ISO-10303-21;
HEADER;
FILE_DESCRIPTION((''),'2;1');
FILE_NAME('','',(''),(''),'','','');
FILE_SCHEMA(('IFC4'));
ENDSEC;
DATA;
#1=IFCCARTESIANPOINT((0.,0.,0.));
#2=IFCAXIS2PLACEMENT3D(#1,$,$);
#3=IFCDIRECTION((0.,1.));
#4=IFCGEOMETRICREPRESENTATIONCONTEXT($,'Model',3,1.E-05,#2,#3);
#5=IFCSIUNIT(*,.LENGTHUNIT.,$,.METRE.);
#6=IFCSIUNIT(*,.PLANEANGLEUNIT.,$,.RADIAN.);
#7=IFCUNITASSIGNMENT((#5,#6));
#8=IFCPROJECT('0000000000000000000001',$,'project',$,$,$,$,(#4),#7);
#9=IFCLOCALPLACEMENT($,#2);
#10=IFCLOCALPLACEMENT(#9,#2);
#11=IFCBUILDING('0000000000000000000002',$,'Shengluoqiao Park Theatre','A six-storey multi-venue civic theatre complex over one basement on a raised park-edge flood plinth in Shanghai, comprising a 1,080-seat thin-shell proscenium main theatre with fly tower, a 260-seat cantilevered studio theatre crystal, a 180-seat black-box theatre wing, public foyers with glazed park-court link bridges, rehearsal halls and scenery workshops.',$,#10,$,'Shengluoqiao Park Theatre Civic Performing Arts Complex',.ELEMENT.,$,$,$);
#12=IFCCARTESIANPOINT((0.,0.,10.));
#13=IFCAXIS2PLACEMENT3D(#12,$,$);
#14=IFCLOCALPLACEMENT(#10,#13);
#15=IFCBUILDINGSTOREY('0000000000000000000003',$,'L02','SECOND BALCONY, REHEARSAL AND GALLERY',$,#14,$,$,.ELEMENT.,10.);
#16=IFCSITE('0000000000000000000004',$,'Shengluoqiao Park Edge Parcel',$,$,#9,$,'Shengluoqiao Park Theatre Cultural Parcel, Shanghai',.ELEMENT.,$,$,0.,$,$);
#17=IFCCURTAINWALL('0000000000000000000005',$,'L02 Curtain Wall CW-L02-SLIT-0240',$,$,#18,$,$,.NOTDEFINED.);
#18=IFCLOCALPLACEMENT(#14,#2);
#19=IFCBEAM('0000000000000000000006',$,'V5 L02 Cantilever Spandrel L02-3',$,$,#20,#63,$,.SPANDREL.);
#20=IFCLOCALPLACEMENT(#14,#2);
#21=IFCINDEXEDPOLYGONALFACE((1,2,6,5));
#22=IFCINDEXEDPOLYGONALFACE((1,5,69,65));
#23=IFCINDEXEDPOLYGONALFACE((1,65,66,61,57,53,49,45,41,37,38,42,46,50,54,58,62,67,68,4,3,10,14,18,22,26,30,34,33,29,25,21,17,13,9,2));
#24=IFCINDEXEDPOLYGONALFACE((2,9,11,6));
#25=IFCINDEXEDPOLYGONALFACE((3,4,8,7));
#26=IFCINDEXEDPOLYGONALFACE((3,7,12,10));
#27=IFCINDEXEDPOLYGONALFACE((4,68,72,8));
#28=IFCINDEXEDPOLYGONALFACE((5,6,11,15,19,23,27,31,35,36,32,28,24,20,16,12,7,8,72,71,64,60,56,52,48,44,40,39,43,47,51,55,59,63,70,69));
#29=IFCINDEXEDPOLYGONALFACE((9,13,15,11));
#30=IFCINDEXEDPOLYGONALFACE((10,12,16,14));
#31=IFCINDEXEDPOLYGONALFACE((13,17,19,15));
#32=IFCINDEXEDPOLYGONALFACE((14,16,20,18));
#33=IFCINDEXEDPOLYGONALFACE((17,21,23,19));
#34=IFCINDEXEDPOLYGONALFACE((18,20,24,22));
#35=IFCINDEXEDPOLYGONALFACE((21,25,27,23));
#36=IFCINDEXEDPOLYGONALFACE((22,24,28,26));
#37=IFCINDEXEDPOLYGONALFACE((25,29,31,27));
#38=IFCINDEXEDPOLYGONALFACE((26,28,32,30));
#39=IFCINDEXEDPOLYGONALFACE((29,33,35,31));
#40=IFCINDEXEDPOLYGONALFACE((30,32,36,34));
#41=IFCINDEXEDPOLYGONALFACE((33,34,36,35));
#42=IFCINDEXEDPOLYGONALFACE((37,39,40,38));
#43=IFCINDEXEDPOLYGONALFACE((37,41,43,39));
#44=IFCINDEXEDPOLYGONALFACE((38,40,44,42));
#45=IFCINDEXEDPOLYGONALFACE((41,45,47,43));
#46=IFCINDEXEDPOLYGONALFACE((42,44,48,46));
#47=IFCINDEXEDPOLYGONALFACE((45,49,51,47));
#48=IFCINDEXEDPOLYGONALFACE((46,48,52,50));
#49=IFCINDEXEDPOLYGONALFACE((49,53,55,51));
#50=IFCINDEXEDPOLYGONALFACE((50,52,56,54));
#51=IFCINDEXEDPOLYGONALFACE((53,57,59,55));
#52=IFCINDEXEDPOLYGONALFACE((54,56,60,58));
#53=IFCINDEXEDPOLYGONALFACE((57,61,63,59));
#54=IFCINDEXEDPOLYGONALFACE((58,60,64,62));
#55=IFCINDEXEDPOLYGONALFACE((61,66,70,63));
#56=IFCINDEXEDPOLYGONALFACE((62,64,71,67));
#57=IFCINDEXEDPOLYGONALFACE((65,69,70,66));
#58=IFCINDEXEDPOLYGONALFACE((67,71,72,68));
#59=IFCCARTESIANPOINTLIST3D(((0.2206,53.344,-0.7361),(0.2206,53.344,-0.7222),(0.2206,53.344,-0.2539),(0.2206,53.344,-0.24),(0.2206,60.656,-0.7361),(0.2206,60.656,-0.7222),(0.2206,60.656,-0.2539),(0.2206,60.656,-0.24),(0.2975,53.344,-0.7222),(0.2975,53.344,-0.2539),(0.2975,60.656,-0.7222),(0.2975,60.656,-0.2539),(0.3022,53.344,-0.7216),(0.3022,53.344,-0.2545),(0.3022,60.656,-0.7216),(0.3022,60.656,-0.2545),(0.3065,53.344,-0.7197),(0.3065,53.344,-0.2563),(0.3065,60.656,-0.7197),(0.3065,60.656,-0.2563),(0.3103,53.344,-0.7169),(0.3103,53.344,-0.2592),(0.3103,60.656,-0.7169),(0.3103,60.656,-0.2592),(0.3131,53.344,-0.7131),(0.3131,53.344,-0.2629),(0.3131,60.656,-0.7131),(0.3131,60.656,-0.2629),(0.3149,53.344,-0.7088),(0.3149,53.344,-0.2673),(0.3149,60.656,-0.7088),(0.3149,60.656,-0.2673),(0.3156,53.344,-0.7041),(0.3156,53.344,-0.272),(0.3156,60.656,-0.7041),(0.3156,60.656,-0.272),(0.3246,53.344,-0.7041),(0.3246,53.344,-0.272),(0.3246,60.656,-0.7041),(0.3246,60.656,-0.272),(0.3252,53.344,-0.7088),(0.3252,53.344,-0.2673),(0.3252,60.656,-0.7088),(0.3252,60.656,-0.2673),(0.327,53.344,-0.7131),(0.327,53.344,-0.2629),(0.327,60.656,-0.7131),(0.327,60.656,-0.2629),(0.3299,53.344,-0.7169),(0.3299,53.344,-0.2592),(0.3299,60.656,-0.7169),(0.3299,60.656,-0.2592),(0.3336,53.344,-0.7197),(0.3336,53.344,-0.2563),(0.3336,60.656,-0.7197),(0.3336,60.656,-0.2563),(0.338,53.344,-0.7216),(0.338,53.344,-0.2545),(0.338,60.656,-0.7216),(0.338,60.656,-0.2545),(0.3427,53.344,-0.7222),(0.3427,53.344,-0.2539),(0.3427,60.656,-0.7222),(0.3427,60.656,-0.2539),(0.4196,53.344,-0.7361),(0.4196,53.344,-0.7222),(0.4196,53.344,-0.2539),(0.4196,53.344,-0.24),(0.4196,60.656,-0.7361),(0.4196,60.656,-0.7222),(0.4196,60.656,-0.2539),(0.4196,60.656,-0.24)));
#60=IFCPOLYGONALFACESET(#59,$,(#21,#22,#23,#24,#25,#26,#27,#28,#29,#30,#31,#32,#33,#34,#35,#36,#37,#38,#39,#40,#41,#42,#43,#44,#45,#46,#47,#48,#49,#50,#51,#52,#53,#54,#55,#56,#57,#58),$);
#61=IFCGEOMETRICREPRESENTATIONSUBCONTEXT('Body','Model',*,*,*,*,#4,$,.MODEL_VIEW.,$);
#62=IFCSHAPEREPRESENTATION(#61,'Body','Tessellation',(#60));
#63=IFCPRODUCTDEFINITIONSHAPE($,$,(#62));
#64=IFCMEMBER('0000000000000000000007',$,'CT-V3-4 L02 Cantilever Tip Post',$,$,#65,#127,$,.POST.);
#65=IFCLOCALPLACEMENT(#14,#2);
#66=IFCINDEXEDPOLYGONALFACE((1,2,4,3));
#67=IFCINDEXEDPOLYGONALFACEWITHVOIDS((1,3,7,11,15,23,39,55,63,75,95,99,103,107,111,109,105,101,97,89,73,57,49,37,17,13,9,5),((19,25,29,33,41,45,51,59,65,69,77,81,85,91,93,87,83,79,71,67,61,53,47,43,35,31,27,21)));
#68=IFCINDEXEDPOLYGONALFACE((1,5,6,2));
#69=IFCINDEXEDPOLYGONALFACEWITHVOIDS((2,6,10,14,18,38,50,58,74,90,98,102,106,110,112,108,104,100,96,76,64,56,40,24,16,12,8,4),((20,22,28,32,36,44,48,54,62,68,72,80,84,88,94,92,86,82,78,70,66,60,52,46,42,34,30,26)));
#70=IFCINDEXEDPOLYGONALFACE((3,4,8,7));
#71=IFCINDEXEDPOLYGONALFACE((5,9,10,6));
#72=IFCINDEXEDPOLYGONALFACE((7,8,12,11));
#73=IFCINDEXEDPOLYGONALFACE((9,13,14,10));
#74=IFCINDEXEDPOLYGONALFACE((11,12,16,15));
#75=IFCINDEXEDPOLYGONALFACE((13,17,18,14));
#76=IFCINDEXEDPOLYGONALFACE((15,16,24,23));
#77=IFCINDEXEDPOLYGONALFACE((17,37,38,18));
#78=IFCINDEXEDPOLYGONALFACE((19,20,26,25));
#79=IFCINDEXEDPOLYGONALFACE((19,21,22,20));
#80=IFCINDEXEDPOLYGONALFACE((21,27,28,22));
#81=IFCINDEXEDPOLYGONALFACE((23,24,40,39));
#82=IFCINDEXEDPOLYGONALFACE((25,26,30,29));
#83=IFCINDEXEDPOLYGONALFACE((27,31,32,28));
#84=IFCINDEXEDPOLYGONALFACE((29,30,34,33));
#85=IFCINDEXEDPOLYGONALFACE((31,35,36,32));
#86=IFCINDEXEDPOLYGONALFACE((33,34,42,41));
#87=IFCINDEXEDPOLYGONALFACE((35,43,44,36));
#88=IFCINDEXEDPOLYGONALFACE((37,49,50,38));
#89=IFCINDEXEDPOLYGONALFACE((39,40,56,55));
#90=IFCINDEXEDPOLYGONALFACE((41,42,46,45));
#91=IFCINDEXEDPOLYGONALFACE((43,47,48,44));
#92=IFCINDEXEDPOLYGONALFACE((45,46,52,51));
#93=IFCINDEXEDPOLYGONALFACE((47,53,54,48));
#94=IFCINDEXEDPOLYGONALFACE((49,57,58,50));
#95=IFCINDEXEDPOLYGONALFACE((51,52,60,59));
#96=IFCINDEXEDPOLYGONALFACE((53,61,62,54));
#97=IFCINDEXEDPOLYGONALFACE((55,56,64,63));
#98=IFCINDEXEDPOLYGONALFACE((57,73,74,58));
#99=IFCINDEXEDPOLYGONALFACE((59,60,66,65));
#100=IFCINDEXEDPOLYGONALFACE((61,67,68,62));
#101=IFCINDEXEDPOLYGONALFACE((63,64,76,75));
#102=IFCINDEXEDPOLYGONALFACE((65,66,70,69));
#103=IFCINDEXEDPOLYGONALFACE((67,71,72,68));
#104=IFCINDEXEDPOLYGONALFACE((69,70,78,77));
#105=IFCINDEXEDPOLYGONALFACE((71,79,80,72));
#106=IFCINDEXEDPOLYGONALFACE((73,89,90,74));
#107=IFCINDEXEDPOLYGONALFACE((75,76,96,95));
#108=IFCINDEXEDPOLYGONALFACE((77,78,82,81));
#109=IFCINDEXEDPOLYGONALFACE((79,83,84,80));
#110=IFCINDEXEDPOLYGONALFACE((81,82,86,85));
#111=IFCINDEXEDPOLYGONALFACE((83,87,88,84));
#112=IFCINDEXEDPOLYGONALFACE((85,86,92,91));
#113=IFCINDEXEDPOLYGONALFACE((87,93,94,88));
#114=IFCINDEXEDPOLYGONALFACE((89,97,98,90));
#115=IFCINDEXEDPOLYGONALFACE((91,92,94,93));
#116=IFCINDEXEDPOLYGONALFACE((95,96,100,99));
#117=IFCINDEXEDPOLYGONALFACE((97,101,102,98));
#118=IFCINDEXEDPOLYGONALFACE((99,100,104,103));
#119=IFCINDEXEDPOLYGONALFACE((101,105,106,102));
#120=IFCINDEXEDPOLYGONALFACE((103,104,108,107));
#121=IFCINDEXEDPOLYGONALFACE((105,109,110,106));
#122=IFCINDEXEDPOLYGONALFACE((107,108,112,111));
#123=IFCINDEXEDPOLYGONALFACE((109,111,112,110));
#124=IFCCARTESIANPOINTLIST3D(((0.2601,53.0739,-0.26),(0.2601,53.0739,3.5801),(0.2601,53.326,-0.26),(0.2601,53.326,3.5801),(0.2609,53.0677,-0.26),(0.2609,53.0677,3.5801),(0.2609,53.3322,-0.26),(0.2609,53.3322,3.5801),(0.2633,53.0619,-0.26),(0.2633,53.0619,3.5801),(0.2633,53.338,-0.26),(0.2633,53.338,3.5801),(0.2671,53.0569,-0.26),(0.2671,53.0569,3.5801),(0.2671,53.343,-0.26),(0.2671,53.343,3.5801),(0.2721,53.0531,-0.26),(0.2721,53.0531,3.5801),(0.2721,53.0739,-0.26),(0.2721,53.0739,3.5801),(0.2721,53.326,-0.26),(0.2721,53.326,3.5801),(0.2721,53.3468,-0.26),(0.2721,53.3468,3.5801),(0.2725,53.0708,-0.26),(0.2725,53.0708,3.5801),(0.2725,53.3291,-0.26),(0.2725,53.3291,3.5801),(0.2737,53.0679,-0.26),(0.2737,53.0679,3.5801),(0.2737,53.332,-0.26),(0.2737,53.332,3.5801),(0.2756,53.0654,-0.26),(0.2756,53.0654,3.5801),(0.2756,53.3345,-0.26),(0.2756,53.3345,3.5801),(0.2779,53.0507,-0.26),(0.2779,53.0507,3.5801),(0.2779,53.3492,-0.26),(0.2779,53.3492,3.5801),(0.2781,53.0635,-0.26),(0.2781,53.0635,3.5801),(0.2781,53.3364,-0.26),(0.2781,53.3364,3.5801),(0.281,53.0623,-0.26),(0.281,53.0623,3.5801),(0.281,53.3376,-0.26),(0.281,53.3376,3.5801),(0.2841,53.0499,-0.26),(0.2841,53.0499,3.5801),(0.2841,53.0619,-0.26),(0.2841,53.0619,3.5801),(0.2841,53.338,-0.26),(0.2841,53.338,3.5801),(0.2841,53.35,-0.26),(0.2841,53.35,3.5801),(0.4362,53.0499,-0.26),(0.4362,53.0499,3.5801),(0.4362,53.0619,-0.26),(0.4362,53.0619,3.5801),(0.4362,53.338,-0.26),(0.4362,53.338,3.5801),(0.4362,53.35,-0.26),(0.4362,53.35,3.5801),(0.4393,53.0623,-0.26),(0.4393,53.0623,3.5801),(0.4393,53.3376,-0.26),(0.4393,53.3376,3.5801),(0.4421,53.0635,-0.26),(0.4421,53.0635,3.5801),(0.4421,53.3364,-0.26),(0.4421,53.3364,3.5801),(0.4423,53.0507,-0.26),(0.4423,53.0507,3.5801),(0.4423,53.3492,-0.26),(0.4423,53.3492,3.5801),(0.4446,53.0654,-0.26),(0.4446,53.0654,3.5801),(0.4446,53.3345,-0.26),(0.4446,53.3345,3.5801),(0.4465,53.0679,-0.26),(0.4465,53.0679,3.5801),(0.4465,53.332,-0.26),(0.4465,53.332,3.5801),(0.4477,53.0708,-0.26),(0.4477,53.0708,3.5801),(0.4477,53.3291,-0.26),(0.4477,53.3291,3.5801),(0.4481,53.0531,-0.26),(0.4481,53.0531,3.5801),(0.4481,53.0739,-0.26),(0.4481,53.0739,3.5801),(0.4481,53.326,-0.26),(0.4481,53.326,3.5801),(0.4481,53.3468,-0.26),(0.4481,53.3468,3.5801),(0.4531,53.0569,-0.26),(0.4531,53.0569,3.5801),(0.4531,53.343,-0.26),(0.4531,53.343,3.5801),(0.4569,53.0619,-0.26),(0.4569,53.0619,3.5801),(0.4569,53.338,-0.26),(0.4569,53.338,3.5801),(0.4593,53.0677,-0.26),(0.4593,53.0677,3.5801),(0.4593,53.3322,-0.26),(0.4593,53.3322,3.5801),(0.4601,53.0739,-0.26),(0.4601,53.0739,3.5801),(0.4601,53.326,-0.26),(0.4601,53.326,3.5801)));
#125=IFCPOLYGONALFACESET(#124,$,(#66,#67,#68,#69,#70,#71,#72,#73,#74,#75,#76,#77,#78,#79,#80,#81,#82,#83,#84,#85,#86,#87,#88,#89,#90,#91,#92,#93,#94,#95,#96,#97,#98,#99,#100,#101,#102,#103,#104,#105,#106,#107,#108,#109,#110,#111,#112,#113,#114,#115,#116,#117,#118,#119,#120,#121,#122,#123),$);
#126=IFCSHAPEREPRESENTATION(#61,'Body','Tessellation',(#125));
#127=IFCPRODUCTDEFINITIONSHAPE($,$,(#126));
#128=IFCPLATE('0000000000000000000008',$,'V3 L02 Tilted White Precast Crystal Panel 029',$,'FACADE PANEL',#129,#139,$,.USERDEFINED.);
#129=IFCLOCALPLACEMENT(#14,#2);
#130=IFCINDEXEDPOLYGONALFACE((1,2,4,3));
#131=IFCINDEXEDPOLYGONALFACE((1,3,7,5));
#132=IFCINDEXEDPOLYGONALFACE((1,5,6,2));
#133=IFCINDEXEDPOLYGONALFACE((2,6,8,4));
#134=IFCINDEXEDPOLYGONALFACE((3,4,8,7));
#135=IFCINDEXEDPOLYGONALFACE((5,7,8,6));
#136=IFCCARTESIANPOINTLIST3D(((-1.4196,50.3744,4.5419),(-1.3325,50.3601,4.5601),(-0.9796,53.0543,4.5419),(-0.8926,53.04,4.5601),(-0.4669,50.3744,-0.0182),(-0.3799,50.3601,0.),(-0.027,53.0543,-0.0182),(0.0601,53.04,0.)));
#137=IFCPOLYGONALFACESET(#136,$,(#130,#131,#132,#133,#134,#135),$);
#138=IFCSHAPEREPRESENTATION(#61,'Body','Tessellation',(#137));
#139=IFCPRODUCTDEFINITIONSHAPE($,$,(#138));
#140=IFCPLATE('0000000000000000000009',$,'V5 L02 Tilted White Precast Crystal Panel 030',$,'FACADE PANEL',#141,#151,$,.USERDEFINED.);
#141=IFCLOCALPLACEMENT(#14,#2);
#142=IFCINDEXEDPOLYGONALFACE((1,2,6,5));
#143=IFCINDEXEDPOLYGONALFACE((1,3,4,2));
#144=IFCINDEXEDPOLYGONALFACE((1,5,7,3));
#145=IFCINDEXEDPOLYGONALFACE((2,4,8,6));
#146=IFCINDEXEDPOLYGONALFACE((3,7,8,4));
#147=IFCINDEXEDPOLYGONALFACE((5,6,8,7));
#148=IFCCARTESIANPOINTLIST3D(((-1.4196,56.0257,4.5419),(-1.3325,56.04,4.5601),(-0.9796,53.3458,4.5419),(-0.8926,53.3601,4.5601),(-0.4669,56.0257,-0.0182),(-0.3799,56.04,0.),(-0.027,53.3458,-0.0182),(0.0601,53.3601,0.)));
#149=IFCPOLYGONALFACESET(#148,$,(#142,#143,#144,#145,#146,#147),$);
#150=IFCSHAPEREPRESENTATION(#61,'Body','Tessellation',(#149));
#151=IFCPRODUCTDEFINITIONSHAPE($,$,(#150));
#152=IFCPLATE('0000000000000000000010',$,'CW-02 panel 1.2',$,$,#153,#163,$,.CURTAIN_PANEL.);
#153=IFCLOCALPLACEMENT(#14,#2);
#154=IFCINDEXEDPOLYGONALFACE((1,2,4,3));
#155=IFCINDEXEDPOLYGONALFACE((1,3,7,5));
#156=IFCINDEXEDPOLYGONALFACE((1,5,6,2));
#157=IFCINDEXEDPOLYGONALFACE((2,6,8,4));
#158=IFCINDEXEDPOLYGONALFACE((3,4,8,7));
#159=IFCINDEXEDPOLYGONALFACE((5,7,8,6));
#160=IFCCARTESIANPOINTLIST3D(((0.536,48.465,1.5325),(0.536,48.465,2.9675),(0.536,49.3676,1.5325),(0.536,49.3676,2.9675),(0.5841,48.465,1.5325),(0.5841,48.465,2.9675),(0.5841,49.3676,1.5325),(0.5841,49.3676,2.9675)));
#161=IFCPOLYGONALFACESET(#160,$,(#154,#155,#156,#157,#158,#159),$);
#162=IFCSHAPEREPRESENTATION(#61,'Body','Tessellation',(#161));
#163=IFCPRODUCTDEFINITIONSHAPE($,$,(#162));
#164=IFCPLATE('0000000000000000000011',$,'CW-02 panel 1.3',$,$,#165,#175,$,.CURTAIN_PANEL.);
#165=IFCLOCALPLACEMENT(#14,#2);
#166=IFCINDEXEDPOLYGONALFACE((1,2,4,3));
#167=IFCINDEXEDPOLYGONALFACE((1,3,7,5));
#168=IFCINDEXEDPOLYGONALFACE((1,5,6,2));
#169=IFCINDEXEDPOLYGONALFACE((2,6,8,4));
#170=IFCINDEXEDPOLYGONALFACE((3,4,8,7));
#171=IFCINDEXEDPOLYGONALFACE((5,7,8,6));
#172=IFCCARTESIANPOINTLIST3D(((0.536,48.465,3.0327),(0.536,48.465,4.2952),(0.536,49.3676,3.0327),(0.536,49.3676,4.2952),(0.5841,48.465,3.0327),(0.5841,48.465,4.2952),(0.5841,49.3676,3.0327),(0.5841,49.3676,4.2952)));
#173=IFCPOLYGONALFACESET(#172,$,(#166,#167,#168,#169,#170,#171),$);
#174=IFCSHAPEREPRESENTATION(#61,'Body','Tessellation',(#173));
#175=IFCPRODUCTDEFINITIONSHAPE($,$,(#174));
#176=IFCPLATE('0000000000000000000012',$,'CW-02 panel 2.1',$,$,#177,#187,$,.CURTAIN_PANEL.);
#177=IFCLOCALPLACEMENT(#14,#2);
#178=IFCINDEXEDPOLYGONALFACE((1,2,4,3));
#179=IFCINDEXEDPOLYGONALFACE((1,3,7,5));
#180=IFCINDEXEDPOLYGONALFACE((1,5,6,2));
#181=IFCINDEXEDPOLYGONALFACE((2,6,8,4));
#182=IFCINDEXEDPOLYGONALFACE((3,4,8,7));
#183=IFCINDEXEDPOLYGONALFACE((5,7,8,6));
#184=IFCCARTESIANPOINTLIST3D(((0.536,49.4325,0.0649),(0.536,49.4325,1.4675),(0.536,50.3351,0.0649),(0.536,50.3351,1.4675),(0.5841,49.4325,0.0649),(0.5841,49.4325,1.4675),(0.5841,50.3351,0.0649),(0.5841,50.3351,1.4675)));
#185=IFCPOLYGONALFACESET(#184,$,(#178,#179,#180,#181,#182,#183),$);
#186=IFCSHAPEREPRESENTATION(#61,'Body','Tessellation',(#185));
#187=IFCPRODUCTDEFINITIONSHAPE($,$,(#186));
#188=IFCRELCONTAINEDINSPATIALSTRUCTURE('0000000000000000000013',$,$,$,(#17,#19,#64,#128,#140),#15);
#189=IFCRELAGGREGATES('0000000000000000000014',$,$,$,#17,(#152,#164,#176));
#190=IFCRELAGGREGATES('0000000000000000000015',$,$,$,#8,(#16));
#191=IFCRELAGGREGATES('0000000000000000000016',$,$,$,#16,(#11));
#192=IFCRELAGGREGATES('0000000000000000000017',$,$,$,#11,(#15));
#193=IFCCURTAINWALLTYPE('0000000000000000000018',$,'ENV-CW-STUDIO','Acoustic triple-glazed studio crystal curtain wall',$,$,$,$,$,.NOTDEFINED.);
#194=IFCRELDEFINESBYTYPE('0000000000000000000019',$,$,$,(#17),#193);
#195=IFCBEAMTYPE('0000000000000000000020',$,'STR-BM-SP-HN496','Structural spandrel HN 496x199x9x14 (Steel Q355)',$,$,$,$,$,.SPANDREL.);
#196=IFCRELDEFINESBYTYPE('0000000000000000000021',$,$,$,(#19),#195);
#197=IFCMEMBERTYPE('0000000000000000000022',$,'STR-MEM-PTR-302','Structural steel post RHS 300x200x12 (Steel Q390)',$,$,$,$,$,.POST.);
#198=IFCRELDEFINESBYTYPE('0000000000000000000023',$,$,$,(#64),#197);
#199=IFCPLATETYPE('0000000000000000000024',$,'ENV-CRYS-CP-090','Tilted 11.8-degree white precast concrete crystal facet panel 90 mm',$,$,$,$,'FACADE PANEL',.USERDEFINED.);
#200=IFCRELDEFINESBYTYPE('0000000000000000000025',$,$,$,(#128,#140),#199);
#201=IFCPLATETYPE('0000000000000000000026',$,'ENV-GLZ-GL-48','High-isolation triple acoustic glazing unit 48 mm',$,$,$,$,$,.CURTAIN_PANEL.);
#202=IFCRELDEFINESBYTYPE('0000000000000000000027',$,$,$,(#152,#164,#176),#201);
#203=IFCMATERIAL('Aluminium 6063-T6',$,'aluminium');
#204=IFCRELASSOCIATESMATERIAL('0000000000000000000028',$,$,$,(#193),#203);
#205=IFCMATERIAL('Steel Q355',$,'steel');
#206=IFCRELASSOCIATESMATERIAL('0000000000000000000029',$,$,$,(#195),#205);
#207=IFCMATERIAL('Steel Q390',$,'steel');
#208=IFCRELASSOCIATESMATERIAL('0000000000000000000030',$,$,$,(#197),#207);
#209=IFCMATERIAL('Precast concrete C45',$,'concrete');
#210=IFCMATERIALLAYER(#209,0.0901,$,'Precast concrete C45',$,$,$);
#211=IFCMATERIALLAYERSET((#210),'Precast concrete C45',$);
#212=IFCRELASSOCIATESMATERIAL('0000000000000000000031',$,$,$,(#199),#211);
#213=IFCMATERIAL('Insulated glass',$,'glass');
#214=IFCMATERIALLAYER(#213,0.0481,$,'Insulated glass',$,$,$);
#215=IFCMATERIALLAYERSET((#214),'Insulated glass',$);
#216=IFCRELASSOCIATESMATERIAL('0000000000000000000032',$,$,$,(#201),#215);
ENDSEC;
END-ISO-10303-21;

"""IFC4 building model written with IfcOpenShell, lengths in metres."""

from ifc_helpers import new_model, si_unit, direction, frame, origin, origin_2d, place, context, subcontext, project, spatial, polyline, rectangle, hollow_rectangle, i_section, outline, extrude, material, layer, layer_set, material_profile, profile_set, type_object, element, aggregate, save


model = new_model("IFC4")

# Units and contexts
model_context = context("Model", 3, precision=1e-05, world=origin(), true_north=direction((0.0, 1.0)))
body_context = subcontext(model_context, "Body", "Model", "MODEL_VIEW")
ifc_project = project(units=[si_unit("LENGTHUNIT", "METRE"), si_unit("PLANEANGLEUNIT", "RADIAN")], contexts=[model_context])

# Site, building, storey
site_placement = place(None, origin())
site = spatial("IfcSite", under=ifc_project, at=site_placement, Name="Shengluoqiao Park Edge Parcel", LongName="Shengluoqiao Park Theatre Cultural Parcel, Shanghai", CompositionType="ELEMENT", RefElevation=0.0)
building_placement = place(site_placement, origin())
building = spatial("IfcBuilding", under=site, at=building_placement, Name="Shengluoqiao Park Theatre", Description="A six-storey multi-venue civic theatre complex over one basement on a raised park-edge flood plinth in Shanghai, comprising a 1,080-seat thin-shell proscenium main theatre with fly tower, a 260-seat cantilevered studio theatre crystal, a 180-seat black-box theatre wing, public foyers with glazed park-court link bridges, rehearsal halls and scenery workshops.", LongName="Shengluoqiao Park Theatre Civic Performing Arts Complex", CompositionType="ELEMENT")
storey_placement = place(building_placement, frame((0.0, 0.0, 10.0)))
storey = spatial("IfcBuildingStorey", under=building, at=storey_placement, Name="L02", Description="SECOND BALCONY, REHEARSAL AND GALLERY", CompositionType="ELEMENT", Elevation=10.0)

# Curtain wall
ifc_material_1 = material(Name="Aluminium 6063-T6", Category="aluminium")
curtain_wall_type_1 = type_object("IfcCurtainWallType", Name="ENV-CW-STUDIO", Description="Acoustic triple-glazed studio crystal curtain wall", PredefinedType="NOTDEFINED", material=ifc_material_1)
curtain_wall_1_placement = place(storey_placement, origin())
curtain_wall_1 = element("IfcCurtainWall", 1, at=curtain_wall_1_placement, inside=storey, type_object=curtain_wall_type_1, Name="L02 Curtain Wall CW-L02-SLIT-0240", PredefinedType="NOTDEFINED")

# Beam
ifc_material_2 = material(Name="Steel Q390", Category="steel")
ifc_material_3 = material(Name="Steel Q355", Category="steel")
ifc_material_profile_1 = material_profile(ifc_material_3, i_section(OverallWidth=0.199, OverallDepth=0.4961, WebThickness=0.009, FlangeThickness=0.0139, FilletRadius=0.0181, at=origin_2d()), Name="HN 496x199x9x14")
ifc_profile_set_1 = profile_set([ifc_material_profile_1], Name="Steel Q355")
beam_type_1 = type_object("IfcBeamType", Name="STR-BM-SP-HN496", Description="Structural spandrel HN 496x199x9x14 (Steel Q355)", PredefinedType="SPANDREL", material=ifc_profile_set_1)
beam_1_placement = place(storey_placement, frame((0.3201, 53.344, -0.488), z_axis=(0.0, 1.0, 0.0), x_axis=(-1.0, 0.0, 0.0)))
element("IfcBeam", 2, at=beam_1_placement, inside=storey, type_object=beam_type_1, Name="V5 L02 Cantilever Spandrel L02-3", PredefinedType="SPANDREL", context=body_context, shape_type="SweptSolid", body=[
    extrude(i_section(OverallWidth=0.199, OverallDepth=0.4961, WebThickness=0.009, FlangeThickness=0.0139, FilletRadius=0.0181, at=origin_2d()), origin(), (0.0, 0.0, 1.0), 7.312),
])

# Member
ifc_material_profile_2 = material_profile(ifc_material_2, hollow_rectangle(XDim=0.2, YDim=0.3, WallThickness=0.012, InnerFilletRadius=0.012, OuterFilletRadius=0.0239, at=origin_2d()), Name="RHS 300x200x12")
ifc_profile_set_2 = profile_set([ifc_material_profile_2], Name="Steel Q390")
member_type_1 = type_object("IfcMemberType", Name="STR-MEM-PTR-302", Description="Structural steel post RHS 300x200x12 (Steel Q390)", PredefinedType="POST", material=ifc_profile_set_2)
member_1_placement = place(storey_placement, frame((0.3601, 53.2, -0.26), z_axis=(0.0, 0.0, 1.0), x_axis=(1.0, 0.0, 0.0)))
element("IfcMember", 3, at=member_1_placement, inside=storey, type_object=member_type_1, Name="CT-V3-4 L02 Cantilever Tip Post", PredefinedType="POST", context=body_context, shape_type="SweptSolid", body=[
    extrude(hollow_rectangle(XDim=0.2, YDim=0.3, WallThickness=0.012, InnerFilletRadius=0.012, OuterFilletRadius=0.0239, at=origin_2d()), origin(), (0.0, 0.0, 1.0), 3.8401),
])

# Plates
ifc_material_4 = material(Name="Precast concrete C45", Category="concrete")
ifc_layer_1 = layer(ifc_material_4, 0.0901, Name="Precast concrete C45")
ifc_layer_set_1 = layer_set([ifc_layer_1], Name="Precast concrete C45")
plate_type_1 = type_object("IfcPlateType", Name="ENV-CRYS-CP-090", Description="Tilted 11.8-degree white precast concrete crystal facet panel 90 mm", ElementType="FACADE PANEL", PredefinedType="USERDEFINED", material=ifc_layer_set_1)
plate_1_placement = place(storey_placement, frame((-0.3799, 50.3601, 0.0), z_axis=(0.966469, -0.158657, 0.201904), x_axis=(0.161993, 0.986792, 0.0)))
element("IfcPlate", 4, at=plate_1_placement, inside=storey, type_object=plate_type_1, Name="V3 L02 Tilted White Precast Crystal Panel 029", ObjectType="FACADE PANEL", PredefinedType="USERDEFINED", context=body_context, shape_type="SweptSolid", body=[
    extrude(outline(polyline([(0.0, 0.0), (2.7158, 0.0), (2.5615, 4.6559), (-0.1543, 4.6559), (0.0, 0.0)])), origin(), (0.0, 0.0, -1.0), 0.0901),
])
plate_2_placement = place(storey_placement, frame((0.0601, 53.3601, 0.0), z_axis=(0.966469, 0.158657, 0.201904), x_axis=(-0.161993, 0.986792, 0.0)))
element("IfcPlate", 5, at=plate_2_placement, inside=storey, type_object=plate_type_1, Name="V5 L02 Tilted White Precast Crystal Panel 030", ObjectType="FACADE PANEL", PredefinedType="USERDEFINED", context=body_context, shape_type="SweptSolid", body=[
    extrude(outline(polyline([(0.0, 0.0), (2.7158, 0.0), (2.8701, 4.6559), (0.1543, 4.6559), (0.0, 0.0)])), origin(), (0.0, 0.0, -1.0), 0.0901),
])

# Plates
ifc_material_5 = material(Name="Insulated glass", Category="glass")
ifc_layer_2 = layer(ifc_material_5, 0.0481, Name="Insulated glass")
ifc_layer_set_2 = layer_set([ifc_layer_2], Name="Insulated glass")
plate_type_2 = type_object("IfcPlateType", Name="ENV-GLZ-GL-48", Description="High-isolation triple acoustic glazing unit 48 mm", PredefinedType="CURTAIN_PANEL", material=ifc_layer_set_2)
plate_3_placement = place(storey_placement, frame((0.5601, 48.9163, 1.5325), z_axis=(0.0, 0.0, 1.0), x_axis=(0.0, 1.0, 0.0)))
plate_3 = element("IfcPlate", 6, at=plate_3_placement, type_object=plate_type_2, Name="CW-02 panel 1.2", PredefinedType="CURTAIN_PANEL", context=body_context, shape_type="SweptSolid", body=[
    extrude(rectangle(XDim=0.9026, YDim=0.0481, at=origin_2d()), origin(), (0.0, 0.0, 1.0), 1.4351),
])
plate_4_placement = place(storey_placement, frame((0.5601, 48.9163, 3.0327), z_axis=(0.0, 0.0, 1.0), x_axis=(0.0, 1.0, 0.0)))
plate_4 = element("IfcPlate", 7, at=plate_4_placement, type_object=plate_type_2, Name="CW-02 panel 1.3", PredefinedType="CURTAIN_PANEL", context=body_context, shape_type="SweptSolid", body=[
    extrude(rectangle(XDim=0.9026, YDim=0.0481, at=origin_2d()), origin(), (0.0, 0.0, 1.0), 1.2625),
])
plate_5_placement = place(storey_placement, frame((0.5601, 49.8838, 0.0649), z_axis=(0.0, 0.0, 1.0), x_axis=(0.0, 1.0, 0.0)))
plate_5 = element("IfcPlate", 8, at=plate_5_placement, type_object=plate_type_2, Name="CW-02 panel 2.1", PredefinedType="CURTAIN_PANEL", context=body_context, shape_type="SweptSolid", body=[
    extrude(rectangle(XDim=0.9026, YDim=0.0481, at=origin_2d()), origin(), (0.0, 0.0, 1.0), 1.4026),
])
aggregate(curtain_wall_1, [plate_3, plate_4, plate_5])

save(model, "model.ifc")
